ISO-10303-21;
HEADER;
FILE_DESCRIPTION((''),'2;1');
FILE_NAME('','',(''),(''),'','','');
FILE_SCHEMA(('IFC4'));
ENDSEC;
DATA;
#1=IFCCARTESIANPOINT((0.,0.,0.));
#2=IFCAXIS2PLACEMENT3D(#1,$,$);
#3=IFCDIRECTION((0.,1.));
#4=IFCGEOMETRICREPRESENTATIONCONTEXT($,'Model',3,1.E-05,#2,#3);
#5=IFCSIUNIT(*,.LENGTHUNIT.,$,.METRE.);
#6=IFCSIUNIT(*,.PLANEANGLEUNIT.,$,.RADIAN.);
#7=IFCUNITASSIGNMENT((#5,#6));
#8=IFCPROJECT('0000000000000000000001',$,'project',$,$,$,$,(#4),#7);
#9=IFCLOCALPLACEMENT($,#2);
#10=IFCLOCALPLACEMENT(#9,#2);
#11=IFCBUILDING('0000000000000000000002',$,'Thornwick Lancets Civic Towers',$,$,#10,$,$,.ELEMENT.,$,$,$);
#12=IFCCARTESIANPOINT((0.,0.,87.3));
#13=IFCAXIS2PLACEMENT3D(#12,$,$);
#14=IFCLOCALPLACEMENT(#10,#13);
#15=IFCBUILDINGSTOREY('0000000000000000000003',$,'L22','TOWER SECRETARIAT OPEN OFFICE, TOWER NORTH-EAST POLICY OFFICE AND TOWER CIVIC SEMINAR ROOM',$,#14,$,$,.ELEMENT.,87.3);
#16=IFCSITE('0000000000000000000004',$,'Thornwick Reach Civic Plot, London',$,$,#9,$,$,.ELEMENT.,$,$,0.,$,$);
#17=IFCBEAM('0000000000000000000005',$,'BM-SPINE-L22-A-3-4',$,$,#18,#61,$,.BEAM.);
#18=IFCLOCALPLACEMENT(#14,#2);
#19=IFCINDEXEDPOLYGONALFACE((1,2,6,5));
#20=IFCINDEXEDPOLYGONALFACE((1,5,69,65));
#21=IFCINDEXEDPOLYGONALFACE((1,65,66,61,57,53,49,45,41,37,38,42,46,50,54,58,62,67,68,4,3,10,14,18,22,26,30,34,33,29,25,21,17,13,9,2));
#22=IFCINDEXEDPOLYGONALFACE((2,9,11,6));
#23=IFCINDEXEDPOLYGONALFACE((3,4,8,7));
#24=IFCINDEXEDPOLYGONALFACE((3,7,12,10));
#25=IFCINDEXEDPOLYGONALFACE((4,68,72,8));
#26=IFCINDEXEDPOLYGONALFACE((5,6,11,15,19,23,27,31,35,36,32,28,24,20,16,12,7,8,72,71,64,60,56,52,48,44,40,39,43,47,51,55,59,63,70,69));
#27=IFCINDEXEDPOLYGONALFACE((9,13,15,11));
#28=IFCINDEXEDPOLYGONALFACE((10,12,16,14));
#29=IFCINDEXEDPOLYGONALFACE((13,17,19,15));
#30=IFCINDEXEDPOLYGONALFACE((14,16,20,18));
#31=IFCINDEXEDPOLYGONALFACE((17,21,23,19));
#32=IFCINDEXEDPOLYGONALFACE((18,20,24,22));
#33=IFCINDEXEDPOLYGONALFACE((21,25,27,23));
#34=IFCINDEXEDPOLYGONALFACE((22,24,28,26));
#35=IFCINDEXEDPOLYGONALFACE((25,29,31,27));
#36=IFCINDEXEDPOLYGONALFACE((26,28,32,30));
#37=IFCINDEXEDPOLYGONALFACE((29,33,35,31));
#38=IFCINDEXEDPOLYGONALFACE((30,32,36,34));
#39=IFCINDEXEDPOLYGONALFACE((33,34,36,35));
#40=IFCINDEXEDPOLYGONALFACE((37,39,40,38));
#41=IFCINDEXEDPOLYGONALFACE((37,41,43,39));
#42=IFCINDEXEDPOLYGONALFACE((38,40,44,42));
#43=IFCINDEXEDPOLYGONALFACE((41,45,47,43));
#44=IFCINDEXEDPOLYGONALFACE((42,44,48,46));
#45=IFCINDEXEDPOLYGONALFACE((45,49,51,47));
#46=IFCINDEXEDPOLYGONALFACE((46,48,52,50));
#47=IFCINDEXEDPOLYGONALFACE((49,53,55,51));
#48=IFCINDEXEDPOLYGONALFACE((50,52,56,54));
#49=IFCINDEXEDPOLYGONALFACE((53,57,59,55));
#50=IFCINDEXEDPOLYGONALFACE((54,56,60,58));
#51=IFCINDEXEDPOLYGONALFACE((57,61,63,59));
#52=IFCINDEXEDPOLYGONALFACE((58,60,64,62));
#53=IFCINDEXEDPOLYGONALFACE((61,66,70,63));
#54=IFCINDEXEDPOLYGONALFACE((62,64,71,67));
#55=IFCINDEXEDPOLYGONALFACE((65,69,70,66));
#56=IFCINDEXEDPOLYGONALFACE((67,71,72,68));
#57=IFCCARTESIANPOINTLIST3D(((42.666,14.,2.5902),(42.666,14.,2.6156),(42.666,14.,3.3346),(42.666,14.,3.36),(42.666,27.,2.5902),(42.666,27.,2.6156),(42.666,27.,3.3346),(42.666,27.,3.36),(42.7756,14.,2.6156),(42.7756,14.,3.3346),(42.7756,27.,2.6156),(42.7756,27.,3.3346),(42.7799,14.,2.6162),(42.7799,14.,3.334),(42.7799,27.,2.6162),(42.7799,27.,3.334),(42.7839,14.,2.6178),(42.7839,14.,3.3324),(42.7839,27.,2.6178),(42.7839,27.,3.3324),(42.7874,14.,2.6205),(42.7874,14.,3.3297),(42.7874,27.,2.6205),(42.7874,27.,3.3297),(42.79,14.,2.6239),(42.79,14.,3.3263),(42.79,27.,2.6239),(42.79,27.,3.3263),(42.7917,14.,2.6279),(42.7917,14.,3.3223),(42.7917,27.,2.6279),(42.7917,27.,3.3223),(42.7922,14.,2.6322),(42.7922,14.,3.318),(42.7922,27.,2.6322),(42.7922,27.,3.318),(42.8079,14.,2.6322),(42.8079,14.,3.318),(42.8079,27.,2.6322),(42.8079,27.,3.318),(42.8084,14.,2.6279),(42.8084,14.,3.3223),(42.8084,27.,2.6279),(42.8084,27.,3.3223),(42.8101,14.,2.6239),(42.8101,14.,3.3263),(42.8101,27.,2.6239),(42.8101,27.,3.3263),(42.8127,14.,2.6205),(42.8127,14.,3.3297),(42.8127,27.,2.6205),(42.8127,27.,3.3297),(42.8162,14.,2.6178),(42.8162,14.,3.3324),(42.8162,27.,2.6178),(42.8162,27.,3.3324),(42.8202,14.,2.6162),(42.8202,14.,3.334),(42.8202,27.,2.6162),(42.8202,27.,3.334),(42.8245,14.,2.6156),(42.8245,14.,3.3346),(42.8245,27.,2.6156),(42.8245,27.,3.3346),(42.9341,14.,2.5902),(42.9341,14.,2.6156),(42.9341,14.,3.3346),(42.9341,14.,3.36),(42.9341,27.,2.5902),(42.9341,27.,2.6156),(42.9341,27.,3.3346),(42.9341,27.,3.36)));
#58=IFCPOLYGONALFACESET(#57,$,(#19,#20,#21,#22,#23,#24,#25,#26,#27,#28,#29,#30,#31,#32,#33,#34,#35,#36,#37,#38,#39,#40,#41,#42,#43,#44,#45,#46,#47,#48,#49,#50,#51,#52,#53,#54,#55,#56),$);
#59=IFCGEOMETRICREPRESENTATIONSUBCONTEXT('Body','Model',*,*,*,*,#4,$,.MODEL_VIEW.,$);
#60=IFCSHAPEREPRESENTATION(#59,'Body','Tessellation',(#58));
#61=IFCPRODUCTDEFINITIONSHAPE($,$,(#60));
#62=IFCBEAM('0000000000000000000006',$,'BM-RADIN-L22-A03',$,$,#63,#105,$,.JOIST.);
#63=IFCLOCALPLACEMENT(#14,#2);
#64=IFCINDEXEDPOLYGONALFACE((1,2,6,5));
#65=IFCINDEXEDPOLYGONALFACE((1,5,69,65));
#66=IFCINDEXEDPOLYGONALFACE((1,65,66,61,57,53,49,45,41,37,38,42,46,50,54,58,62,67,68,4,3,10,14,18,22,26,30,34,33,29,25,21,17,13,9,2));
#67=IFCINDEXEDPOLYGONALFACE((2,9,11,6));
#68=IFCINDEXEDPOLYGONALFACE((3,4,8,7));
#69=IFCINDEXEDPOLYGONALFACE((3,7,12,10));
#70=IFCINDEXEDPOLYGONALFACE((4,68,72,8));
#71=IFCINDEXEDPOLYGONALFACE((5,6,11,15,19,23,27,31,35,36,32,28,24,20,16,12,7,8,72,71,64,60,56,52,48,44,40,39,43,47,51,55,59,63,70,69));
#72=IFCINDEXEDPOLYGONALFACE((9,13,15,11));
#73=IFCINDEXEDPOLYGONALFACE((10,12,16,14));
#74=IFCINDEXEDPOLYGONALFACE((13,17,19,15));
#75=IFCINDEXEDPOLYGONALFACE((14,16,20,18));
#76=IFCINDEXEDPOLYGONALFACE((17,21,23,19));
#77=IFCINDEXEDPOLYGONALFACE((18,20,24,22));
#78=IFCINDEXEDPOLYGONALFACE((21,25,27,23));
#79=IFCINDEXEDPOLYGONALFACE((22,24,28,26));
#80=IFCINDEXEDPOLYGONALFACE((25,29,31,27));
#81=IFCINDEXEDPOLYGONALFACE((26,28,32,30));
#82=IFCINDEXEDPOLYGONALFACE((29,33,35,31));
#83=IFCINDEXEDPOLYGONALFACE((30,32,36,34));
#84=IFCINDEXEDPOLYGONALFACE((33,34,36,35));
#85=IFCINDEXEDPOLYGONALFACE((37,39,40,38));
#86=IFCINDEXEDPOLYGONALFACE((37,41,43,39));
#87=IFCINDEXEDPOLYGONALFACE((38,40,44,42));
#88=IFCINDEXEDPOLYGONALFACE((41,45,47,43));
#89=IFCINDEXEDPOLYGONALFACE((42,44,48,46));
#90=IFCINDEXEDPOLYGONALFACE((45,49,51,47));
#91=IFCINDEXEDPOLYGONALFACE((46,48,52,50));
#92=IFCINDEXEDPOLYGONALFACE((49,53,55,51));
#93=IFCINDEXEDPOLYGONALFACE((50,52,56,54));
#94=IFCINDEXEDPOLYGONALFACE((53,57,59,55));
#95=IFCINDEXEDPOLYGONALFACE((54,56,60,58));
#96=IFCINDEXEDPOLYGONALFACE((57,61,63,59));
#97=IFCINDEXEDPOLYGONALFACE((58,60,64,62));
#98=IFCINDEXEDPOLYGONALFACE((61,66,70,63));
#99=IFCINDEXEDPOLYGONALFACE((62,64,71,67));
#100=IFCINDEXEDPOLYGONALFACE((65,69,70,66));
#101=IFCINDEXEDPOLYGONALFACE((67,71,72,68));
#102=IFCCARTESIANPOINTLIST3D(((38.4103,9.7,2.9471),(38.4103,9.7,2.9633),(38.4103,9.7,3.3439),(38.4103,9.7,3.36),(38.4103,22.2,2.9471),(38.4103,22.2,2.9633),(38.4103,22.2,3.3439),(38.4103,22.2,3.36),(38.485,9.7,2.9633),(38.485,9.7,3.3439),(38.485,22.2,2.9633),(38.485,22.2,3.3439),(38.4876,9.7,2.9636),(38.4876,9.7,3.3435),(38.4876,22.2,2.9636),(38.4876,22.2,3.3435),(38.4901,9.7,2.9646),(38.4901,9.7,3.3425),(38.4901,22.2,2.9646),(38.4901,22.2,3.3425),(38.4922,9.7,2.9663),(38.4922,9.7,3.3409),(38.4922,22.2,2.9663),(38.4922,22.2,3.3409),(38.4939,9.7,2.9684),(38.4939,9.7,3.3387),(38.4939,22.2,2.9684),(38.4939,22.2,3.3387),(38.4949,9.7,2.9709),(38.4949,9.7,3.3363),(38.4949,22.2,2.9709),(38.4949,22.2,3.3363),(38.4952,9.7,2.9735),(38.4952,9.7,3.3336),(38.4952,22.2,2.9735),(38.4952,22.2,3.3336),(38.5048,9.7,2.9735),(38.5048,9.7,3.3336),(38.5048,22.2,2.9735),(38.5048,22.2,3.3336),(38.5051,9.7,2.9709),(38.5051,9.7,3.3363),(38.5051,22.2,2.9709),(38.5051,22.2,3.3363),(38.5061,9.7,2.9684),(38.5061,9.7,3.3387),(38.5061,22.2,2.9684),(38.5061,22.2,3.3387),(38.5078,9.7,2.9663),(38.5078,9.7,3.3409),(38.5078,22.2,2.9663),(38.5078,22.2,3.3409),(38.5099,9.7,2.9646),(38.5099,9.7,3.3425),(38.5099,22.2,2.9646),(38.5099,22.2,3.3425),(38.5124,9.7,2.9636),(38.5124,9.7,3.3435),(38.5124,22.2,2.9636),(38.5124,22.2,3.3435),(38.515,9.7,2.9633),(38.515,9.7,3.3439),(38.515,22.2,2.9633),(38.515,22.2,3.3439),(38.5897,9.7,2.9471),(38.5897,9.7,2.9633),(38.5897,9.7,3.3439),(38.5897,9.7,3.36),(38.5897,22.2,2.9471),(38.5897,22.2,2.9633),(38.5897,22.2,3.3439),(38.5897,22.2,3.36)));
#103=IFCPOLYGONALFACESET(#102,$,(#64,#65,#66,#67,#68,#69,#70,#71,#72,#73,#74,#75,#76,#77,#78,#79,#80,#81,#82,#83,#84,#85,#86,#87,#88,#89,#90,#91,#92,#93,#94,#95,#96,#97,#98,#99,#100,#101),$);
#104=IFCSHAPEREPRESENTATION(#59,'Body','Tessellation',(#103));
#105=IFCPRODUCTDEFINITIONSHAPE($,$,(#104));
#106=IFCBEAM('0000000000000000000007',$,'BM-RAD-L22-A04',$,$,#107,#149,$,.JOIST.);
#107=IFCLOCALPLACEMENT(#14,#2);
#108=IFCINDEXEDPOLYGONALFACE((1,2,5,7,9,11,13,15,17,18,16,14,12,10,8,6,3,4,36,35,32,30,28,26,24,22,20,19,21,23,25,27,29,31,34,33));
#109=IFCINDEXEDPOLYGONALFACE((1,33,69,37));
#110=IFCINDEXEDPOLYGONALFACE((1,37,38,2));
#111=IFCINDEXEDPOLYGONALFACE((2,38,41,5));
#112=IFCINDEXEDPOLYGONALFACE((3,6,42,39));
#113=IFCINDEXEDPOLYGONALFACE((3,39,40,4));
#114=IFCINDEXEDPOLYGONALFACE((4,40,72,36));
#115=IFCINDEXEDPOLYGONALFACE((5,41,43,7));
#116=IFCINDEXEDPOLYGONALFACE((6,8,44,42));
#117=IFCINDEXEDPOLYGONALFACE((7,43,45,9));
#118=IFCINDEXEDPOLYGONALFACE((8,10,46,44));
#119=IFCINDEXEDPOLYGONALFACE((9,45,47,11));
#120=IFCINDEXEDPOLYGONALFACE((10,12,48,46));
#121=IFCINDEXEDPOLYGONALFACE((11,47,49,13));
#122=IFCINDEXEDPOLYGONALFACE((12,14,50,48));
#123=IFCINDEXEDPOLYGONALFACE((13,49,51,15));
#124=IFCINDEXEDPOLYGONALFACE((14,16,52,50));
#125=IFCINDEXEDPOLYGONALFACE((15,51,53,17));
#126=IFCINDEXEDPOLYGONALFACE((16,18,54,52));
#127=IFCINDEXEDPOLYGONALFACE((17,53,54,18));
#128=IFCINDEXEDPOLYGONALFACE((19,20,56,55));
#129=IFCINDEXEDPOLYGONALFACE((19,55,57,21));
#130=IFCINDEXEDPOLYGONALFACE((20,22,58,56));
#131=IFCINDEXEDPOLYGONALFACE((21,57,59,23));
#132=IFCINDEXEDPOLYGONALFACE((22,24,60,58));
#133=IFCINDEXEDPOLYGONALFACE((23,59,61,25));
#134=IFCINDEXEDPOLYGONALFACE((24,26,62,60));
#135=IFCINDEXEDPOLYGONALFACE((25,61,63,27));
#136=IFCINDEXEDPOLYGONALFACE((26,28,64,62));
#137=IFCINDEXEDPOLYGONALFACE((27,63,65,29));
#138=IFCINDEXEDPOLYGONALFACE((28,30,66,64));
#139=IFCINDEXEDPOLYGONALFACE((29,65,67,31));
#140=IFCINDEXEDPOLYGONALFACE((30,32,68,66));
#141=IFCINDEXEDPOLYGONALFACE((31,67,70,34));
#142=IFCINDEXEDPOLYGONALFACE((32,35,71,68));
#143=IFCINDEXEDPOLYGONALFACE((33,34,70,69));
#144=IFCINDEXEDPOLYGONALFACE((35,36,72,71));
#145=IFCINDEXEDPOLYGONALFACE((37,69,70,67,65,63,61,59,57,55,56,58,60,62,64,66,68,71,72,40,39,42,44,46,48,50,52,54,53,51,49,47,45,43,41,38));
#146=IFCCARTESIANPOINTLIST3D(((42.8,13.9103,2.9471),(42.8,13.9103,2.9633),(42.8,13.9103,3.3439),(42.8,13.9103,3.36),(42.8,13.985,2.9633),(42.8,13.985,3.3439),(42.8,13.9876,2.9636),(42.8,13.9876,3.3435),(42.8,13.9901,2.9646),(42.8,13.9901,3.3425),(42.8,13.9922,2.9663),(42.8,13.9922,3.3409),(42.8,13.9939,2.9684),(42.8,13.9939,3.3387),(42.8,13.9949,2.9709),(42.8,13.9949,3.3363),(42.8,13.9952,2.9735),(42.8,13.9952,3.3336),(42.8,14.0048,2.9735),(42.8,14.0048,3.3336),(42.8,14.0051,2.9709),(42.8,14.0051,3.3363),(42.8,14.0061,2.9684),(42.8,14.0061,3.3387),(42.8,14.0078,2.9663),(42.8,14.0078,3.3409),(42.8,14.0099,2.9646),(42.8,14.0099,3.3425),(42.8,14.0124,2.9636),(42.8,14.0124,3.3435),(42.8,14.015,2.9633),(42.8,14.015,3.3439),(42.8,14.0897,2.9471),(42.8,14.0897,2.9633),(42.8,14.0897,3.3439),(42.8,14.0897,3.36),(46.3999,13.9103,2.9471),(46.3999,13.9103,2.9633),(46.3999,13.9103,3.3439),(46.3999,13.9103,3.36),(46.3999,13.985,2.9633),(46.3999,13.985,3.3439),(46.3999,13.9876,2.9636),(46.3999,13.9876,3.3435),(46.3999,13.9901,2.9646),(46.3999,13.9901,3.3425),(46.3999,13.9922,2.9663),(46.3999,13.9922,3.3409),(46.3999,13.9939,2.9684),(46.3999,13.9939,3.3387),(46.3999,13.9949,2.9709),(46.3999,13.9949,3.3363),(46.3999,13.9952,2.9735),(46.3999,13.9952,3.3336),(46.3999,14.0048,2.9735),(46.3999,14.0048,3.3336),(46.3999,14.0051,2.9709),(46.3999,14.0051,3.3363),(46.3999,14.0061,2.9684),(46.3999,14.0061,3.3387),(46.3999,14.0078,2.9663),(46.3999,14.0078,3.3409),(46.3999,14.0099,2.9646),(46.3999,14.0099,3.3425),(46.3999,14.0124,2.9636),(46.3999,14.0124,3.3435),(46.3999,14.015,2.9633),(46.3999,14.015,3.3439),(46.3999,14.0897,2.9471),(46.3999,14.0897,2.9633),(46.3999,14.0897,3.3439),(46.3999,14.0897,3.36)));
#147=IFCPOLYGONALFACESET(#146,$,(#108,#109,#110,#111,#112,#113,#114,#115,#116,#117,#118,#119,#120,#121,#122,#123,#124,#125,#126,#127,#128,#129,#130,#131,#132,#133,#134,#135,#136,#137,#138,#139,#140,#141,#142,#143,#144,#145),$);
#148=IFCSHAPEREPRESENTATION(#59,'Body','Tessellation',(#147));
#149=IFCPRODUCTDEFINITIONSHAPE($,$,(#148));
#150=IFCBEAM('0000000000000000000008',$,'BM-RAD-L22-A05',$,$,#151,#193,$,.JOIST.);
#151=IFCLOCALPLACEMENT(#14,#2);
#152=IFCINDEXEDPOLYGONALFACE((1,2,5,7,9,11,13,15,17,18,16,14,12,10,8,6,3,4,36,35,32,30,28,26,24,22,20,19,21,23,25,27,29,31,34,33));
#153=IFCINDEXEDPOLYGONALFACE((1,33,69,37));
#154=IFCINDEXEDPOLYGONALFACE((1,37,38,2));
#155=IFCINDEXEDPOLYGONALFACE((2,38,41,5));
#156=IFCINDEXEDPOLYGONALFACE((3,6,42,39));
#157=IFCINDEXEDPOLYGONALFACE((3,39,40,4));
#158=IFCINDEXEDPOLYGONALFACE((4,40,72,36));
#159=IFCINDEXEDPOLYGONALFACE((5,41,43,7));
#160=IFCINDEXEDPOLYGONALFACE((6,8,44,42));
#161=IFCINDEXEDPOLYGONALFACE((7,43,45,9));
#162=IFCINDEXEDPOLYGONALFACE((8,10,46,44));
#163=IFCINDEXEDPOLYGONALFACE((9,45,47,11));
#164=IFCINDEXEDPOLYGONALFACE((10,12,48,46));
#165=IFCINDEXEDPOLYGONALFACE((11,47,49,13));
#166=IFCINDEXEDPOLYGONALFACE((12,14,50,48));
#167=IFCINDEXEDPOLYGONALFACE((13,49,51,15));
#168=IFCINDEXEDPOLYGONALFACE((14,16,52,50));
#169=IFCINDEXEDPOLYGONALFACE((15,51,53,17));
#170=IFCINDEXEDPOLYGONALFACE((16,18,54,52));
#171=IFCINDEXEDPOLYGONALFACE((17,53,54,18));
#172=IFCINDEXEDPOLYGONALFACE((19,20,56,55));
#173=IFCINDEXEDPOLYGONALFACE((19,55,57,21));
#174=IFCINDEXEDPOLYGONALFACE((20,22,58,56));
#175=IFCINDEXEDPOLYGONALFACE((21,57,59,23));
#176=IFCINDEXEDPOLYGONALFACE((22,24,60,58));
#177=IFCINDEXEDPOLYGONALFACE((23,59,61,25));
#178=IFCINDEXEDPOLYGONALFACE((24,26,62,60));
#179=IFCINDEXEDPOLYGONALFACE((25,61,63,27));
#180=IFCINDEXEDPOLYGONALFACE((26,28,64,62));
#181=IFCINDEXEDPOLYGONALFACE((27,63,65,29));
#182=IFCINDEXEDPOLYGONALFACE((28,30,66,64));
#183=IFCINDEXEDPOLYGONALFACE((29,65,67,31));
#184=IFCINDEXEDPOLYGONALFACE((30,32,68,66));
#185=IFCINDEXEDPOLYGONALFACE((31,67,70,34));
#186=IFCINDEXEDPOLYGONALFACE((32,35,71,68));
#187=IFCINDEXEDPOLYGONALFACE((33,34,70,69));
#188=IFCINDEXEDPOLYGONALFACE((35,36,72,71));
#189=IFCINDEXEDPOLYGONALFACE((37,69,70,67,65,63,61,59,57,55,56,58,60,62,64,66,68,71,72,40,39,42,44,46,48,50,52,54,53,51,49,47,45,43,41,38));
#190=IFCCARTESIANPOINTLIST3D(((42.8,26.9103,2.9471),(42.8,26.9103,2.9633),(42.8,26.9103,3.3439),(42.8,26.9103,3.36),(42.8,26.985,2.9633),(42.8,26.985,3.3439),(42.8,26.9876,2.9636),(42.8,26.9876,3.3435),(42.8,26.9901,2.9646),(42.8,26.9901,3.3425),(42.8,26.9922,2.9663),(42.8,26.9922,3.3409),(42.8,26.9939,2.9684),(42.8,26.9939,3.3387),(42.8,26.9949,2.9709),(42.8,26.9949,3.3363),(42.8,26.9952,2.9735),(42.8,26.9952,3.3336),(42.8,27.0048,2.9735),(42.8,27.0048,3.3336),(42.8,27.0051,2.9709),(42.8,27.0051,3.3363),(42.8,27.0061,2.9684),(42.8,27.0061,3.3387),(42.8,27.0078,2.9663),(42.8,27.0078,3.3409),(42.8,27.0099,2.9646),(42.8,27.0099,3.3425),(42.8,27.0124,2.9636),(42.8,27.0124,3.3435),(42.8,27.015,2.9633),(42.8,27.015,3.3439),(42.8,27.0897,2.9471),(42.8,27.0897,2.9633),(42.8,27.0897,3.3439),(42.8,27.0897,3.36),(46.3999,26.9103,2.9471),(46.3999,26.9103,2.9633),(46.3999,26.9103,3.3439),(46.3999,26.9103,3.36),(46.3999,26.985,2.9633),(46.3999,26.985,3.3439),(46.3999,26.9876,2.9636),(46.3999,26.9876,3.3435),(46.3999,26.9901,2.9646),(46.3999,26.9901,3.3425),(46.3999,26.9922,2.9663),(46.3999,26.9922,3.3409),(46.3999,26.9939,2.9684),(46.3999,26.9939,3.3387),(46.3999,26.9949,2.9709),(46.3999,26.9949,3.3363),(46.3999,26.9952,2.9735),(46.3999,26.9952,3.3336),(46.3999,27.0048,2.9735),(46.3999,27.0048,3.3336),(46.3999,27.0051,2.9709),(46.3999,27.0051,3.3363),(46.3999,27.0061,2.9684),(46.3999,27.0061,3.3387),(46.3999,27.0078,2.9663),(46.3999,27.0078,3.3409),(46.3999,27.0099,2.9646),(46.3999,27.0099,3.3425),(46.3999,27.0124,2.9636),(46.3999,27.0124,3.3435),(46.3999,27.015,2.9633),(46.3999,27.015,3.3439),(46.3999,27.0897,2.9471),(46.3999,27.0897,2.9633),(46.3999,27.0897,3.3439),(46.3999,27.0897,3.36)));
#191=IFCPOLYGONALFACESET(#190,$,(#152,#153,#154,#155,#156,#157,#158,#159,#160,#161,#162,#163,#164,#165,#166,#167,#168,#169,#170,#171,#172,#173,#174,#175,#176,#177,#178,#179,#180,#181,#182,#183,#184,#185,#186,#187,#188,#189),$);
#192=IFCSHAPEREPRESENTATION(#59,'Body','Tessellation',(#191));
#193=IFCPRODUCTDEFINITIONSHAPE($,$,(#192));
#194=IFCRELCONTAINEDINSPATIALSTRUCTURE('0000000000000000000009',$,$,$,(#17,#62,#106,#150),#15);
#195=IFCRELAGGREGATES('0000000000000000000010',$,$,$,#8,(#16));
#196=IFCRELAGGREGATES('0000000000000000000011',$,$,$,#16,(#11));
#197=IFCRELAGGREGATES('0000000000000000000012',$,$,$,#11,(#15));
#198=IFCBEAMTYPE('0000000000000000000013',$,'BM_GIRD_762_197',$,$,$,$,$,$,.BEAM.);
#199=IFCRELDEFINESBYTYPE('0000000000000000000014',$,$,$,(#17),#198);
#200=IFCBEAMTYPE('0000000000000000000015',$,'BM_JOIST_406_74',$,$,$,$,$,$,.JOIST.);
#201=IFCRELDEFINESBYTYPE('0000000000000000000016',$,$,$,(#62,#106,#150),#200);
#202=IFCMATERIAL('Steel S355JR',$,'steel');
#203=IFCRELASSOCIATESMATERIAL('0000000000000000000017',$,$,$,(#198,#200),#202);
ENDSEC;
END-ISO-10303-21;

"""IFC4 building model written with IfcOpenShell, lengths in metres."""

from ifc_helpers import new_model, si_unit, direction, frame, origin, origin_2d, place, context, subcontext, project, spatial, i_section, extrude, material, material_profile, profile_set, type_object, element, save


model = new_model("IFC4")

# Units and contexts
model_context = context("Model", 3, precision=1e-05, world=origin(), true_north=direction((0.0, 1.0)))
body_context = subcontext(model_context, "Body", "Model", "MODEL_VIEW")
ifc_project = project(units=[si_unit("LENGTHUNIT", "METRE"), si_unit("PLANEANGLEUNIT", "RADIAN")], contexts=[model_context])

# Site, building, storey
site_placement = place(None, origin())
site = spatial("IfcSite", under=ifc_project, at=site_placement, Name="Thornwick Reach Civic Plot, London", CompositionType="ELEMENT", RefElevation=0.0)
building_placement = place(site_placement, origin())
building = spatial("IfcBuilding", under=site, at=building_placement, Name="Thornwick Lancets Civic Towers", CompositionType="ELEMENT")
storey_placement = place(building_placement, frame((0.0, 0.0, 87.3)))
storey = spatial("IfcBuildingStorey", under=building, at=storey_placement, Name="L22", Description="TOWER SECRETARIAT OPEN OFFICE, TOWER NORTH-EAST POLICY OFFICE AND TOWER CIVIC SEMINAR ROOM", CompositionType="ELEMENT", Elevation=87.3)

# Beams
ifc_material_1 = material(Name="Steel S355JR", Category="steel")
ifc_material_profile_1 = material_profile(ifc_material_1, i_section(OverallWidth=0.2681, OverallDepth=0.7698, WebThickness=0.0156, FlangeThickness=0.0254, FilletRadius=0.0166, at=origin_2d()), Name="UKB 762x267x197")
ifc_profile_set_1 = profile_set([ifc_material_profile_1], Name="Steel S355JR")
beam_type_1 = type_object("IfcBeamType", Name="BM_GIRD_762_197", PredefinedType="BEAM", material=ifc_profile_set_1)
beam_1_placement = place(storey_placement, frame((42.8, 14.0, 2.9751), z_axis=(0.0, 1.0, 0.0), x_axis=(-1.0, 0.0, 0.0)))
element("IfcBeam", 1, at=beam_1_placement, inside=storey, type_object=beam_type_1, Name="BM-SPINE-L22-A-3-4", PredefinedType="BEAM", context=body_context, shape_type="SweptSolid", body=[
    extrude(i_section(OverallWidth=0.2681, OverallDepth=0.7698, WebThickness=0.0156, FlangeThickness=0.0254, FilletRadius=0.0166, at=origin_2d()), origin(), (0.0, 0.0, 1.0), 13.0),
])
ifc_material_profile_2 = material_profile(ifc_material_1, i_section(OverallWidth=0.1794, OverallDepth=0.4128, WebThickness=0.0095, FlangeThickness=0.0161, FilletRadius=0.0103, at=origin_2d()), Name="UKB 406x178x74")
ifc_profile_set_2 = profile_set([ifc_material_profile_2], Name="Steel S355JR")
beam_type_2 = type_object("IfcBeamType", Name="BM_JOIST_406_74", PredefinedType="JOIST", material=ifc_profile_set_2)
beam_2_placement = place(storey_placement, frame((38.5, 22.2, 3.1536), z_axis=(0.0, -1.0, 0.0), x_axis=(1.0, 0.0, 0.0)))
element("IfcBeam", 2, at=beam_2_placement, inside=storey, type_object=beam_type_2, Name="BM-RADIN-L22-A03", PredefinedType="JOIST", context=body_context, shape_type="SweptSolid", body=[
    extrude(i_section(OverallWidth=0.1794, OverallDepth=0.4128, WebThickness=0.0095, FlangeThickness=0.0161, FilletRadius=0.0103, at=origin_2d()), origin(), (0.0, 0.0, 1.0), 12.5),
])
for number, where, z_axis, x_axis, name in (
    (3, (42.8, 14.0, 3.1536), (1.0, 0.0, 0.0), (0.0, 1.0, 0.0), "BM-RAD-L22-A04"),
    (4, (42.8, 27.0, 3.1536), (1.0, 0.0, 0.0), (0.0, 1.0, 0.0), "BM-RAD-L22-A05"),
):
    element("IfcBeam", number, at=place(storey_placement, frame(where, z_axis=z_axis, x_axis=x_axis)), inside=storey, type_object=beam_type_2, Name=name, PredefinedType="JOIST", context=body_context, shape_type="SweptSolid", body=[
        extrude(i_section(OverallWidth=0.1794, OverallDepth=0.4128, WebThickness=0.0095, FlangeThickness=0.0161, FilletRadius=0.0103, at=origin_2d()), origin(), (0.0, 0.0, 1.0), 3.5999),
    ])

save(model, "model.ifc")
